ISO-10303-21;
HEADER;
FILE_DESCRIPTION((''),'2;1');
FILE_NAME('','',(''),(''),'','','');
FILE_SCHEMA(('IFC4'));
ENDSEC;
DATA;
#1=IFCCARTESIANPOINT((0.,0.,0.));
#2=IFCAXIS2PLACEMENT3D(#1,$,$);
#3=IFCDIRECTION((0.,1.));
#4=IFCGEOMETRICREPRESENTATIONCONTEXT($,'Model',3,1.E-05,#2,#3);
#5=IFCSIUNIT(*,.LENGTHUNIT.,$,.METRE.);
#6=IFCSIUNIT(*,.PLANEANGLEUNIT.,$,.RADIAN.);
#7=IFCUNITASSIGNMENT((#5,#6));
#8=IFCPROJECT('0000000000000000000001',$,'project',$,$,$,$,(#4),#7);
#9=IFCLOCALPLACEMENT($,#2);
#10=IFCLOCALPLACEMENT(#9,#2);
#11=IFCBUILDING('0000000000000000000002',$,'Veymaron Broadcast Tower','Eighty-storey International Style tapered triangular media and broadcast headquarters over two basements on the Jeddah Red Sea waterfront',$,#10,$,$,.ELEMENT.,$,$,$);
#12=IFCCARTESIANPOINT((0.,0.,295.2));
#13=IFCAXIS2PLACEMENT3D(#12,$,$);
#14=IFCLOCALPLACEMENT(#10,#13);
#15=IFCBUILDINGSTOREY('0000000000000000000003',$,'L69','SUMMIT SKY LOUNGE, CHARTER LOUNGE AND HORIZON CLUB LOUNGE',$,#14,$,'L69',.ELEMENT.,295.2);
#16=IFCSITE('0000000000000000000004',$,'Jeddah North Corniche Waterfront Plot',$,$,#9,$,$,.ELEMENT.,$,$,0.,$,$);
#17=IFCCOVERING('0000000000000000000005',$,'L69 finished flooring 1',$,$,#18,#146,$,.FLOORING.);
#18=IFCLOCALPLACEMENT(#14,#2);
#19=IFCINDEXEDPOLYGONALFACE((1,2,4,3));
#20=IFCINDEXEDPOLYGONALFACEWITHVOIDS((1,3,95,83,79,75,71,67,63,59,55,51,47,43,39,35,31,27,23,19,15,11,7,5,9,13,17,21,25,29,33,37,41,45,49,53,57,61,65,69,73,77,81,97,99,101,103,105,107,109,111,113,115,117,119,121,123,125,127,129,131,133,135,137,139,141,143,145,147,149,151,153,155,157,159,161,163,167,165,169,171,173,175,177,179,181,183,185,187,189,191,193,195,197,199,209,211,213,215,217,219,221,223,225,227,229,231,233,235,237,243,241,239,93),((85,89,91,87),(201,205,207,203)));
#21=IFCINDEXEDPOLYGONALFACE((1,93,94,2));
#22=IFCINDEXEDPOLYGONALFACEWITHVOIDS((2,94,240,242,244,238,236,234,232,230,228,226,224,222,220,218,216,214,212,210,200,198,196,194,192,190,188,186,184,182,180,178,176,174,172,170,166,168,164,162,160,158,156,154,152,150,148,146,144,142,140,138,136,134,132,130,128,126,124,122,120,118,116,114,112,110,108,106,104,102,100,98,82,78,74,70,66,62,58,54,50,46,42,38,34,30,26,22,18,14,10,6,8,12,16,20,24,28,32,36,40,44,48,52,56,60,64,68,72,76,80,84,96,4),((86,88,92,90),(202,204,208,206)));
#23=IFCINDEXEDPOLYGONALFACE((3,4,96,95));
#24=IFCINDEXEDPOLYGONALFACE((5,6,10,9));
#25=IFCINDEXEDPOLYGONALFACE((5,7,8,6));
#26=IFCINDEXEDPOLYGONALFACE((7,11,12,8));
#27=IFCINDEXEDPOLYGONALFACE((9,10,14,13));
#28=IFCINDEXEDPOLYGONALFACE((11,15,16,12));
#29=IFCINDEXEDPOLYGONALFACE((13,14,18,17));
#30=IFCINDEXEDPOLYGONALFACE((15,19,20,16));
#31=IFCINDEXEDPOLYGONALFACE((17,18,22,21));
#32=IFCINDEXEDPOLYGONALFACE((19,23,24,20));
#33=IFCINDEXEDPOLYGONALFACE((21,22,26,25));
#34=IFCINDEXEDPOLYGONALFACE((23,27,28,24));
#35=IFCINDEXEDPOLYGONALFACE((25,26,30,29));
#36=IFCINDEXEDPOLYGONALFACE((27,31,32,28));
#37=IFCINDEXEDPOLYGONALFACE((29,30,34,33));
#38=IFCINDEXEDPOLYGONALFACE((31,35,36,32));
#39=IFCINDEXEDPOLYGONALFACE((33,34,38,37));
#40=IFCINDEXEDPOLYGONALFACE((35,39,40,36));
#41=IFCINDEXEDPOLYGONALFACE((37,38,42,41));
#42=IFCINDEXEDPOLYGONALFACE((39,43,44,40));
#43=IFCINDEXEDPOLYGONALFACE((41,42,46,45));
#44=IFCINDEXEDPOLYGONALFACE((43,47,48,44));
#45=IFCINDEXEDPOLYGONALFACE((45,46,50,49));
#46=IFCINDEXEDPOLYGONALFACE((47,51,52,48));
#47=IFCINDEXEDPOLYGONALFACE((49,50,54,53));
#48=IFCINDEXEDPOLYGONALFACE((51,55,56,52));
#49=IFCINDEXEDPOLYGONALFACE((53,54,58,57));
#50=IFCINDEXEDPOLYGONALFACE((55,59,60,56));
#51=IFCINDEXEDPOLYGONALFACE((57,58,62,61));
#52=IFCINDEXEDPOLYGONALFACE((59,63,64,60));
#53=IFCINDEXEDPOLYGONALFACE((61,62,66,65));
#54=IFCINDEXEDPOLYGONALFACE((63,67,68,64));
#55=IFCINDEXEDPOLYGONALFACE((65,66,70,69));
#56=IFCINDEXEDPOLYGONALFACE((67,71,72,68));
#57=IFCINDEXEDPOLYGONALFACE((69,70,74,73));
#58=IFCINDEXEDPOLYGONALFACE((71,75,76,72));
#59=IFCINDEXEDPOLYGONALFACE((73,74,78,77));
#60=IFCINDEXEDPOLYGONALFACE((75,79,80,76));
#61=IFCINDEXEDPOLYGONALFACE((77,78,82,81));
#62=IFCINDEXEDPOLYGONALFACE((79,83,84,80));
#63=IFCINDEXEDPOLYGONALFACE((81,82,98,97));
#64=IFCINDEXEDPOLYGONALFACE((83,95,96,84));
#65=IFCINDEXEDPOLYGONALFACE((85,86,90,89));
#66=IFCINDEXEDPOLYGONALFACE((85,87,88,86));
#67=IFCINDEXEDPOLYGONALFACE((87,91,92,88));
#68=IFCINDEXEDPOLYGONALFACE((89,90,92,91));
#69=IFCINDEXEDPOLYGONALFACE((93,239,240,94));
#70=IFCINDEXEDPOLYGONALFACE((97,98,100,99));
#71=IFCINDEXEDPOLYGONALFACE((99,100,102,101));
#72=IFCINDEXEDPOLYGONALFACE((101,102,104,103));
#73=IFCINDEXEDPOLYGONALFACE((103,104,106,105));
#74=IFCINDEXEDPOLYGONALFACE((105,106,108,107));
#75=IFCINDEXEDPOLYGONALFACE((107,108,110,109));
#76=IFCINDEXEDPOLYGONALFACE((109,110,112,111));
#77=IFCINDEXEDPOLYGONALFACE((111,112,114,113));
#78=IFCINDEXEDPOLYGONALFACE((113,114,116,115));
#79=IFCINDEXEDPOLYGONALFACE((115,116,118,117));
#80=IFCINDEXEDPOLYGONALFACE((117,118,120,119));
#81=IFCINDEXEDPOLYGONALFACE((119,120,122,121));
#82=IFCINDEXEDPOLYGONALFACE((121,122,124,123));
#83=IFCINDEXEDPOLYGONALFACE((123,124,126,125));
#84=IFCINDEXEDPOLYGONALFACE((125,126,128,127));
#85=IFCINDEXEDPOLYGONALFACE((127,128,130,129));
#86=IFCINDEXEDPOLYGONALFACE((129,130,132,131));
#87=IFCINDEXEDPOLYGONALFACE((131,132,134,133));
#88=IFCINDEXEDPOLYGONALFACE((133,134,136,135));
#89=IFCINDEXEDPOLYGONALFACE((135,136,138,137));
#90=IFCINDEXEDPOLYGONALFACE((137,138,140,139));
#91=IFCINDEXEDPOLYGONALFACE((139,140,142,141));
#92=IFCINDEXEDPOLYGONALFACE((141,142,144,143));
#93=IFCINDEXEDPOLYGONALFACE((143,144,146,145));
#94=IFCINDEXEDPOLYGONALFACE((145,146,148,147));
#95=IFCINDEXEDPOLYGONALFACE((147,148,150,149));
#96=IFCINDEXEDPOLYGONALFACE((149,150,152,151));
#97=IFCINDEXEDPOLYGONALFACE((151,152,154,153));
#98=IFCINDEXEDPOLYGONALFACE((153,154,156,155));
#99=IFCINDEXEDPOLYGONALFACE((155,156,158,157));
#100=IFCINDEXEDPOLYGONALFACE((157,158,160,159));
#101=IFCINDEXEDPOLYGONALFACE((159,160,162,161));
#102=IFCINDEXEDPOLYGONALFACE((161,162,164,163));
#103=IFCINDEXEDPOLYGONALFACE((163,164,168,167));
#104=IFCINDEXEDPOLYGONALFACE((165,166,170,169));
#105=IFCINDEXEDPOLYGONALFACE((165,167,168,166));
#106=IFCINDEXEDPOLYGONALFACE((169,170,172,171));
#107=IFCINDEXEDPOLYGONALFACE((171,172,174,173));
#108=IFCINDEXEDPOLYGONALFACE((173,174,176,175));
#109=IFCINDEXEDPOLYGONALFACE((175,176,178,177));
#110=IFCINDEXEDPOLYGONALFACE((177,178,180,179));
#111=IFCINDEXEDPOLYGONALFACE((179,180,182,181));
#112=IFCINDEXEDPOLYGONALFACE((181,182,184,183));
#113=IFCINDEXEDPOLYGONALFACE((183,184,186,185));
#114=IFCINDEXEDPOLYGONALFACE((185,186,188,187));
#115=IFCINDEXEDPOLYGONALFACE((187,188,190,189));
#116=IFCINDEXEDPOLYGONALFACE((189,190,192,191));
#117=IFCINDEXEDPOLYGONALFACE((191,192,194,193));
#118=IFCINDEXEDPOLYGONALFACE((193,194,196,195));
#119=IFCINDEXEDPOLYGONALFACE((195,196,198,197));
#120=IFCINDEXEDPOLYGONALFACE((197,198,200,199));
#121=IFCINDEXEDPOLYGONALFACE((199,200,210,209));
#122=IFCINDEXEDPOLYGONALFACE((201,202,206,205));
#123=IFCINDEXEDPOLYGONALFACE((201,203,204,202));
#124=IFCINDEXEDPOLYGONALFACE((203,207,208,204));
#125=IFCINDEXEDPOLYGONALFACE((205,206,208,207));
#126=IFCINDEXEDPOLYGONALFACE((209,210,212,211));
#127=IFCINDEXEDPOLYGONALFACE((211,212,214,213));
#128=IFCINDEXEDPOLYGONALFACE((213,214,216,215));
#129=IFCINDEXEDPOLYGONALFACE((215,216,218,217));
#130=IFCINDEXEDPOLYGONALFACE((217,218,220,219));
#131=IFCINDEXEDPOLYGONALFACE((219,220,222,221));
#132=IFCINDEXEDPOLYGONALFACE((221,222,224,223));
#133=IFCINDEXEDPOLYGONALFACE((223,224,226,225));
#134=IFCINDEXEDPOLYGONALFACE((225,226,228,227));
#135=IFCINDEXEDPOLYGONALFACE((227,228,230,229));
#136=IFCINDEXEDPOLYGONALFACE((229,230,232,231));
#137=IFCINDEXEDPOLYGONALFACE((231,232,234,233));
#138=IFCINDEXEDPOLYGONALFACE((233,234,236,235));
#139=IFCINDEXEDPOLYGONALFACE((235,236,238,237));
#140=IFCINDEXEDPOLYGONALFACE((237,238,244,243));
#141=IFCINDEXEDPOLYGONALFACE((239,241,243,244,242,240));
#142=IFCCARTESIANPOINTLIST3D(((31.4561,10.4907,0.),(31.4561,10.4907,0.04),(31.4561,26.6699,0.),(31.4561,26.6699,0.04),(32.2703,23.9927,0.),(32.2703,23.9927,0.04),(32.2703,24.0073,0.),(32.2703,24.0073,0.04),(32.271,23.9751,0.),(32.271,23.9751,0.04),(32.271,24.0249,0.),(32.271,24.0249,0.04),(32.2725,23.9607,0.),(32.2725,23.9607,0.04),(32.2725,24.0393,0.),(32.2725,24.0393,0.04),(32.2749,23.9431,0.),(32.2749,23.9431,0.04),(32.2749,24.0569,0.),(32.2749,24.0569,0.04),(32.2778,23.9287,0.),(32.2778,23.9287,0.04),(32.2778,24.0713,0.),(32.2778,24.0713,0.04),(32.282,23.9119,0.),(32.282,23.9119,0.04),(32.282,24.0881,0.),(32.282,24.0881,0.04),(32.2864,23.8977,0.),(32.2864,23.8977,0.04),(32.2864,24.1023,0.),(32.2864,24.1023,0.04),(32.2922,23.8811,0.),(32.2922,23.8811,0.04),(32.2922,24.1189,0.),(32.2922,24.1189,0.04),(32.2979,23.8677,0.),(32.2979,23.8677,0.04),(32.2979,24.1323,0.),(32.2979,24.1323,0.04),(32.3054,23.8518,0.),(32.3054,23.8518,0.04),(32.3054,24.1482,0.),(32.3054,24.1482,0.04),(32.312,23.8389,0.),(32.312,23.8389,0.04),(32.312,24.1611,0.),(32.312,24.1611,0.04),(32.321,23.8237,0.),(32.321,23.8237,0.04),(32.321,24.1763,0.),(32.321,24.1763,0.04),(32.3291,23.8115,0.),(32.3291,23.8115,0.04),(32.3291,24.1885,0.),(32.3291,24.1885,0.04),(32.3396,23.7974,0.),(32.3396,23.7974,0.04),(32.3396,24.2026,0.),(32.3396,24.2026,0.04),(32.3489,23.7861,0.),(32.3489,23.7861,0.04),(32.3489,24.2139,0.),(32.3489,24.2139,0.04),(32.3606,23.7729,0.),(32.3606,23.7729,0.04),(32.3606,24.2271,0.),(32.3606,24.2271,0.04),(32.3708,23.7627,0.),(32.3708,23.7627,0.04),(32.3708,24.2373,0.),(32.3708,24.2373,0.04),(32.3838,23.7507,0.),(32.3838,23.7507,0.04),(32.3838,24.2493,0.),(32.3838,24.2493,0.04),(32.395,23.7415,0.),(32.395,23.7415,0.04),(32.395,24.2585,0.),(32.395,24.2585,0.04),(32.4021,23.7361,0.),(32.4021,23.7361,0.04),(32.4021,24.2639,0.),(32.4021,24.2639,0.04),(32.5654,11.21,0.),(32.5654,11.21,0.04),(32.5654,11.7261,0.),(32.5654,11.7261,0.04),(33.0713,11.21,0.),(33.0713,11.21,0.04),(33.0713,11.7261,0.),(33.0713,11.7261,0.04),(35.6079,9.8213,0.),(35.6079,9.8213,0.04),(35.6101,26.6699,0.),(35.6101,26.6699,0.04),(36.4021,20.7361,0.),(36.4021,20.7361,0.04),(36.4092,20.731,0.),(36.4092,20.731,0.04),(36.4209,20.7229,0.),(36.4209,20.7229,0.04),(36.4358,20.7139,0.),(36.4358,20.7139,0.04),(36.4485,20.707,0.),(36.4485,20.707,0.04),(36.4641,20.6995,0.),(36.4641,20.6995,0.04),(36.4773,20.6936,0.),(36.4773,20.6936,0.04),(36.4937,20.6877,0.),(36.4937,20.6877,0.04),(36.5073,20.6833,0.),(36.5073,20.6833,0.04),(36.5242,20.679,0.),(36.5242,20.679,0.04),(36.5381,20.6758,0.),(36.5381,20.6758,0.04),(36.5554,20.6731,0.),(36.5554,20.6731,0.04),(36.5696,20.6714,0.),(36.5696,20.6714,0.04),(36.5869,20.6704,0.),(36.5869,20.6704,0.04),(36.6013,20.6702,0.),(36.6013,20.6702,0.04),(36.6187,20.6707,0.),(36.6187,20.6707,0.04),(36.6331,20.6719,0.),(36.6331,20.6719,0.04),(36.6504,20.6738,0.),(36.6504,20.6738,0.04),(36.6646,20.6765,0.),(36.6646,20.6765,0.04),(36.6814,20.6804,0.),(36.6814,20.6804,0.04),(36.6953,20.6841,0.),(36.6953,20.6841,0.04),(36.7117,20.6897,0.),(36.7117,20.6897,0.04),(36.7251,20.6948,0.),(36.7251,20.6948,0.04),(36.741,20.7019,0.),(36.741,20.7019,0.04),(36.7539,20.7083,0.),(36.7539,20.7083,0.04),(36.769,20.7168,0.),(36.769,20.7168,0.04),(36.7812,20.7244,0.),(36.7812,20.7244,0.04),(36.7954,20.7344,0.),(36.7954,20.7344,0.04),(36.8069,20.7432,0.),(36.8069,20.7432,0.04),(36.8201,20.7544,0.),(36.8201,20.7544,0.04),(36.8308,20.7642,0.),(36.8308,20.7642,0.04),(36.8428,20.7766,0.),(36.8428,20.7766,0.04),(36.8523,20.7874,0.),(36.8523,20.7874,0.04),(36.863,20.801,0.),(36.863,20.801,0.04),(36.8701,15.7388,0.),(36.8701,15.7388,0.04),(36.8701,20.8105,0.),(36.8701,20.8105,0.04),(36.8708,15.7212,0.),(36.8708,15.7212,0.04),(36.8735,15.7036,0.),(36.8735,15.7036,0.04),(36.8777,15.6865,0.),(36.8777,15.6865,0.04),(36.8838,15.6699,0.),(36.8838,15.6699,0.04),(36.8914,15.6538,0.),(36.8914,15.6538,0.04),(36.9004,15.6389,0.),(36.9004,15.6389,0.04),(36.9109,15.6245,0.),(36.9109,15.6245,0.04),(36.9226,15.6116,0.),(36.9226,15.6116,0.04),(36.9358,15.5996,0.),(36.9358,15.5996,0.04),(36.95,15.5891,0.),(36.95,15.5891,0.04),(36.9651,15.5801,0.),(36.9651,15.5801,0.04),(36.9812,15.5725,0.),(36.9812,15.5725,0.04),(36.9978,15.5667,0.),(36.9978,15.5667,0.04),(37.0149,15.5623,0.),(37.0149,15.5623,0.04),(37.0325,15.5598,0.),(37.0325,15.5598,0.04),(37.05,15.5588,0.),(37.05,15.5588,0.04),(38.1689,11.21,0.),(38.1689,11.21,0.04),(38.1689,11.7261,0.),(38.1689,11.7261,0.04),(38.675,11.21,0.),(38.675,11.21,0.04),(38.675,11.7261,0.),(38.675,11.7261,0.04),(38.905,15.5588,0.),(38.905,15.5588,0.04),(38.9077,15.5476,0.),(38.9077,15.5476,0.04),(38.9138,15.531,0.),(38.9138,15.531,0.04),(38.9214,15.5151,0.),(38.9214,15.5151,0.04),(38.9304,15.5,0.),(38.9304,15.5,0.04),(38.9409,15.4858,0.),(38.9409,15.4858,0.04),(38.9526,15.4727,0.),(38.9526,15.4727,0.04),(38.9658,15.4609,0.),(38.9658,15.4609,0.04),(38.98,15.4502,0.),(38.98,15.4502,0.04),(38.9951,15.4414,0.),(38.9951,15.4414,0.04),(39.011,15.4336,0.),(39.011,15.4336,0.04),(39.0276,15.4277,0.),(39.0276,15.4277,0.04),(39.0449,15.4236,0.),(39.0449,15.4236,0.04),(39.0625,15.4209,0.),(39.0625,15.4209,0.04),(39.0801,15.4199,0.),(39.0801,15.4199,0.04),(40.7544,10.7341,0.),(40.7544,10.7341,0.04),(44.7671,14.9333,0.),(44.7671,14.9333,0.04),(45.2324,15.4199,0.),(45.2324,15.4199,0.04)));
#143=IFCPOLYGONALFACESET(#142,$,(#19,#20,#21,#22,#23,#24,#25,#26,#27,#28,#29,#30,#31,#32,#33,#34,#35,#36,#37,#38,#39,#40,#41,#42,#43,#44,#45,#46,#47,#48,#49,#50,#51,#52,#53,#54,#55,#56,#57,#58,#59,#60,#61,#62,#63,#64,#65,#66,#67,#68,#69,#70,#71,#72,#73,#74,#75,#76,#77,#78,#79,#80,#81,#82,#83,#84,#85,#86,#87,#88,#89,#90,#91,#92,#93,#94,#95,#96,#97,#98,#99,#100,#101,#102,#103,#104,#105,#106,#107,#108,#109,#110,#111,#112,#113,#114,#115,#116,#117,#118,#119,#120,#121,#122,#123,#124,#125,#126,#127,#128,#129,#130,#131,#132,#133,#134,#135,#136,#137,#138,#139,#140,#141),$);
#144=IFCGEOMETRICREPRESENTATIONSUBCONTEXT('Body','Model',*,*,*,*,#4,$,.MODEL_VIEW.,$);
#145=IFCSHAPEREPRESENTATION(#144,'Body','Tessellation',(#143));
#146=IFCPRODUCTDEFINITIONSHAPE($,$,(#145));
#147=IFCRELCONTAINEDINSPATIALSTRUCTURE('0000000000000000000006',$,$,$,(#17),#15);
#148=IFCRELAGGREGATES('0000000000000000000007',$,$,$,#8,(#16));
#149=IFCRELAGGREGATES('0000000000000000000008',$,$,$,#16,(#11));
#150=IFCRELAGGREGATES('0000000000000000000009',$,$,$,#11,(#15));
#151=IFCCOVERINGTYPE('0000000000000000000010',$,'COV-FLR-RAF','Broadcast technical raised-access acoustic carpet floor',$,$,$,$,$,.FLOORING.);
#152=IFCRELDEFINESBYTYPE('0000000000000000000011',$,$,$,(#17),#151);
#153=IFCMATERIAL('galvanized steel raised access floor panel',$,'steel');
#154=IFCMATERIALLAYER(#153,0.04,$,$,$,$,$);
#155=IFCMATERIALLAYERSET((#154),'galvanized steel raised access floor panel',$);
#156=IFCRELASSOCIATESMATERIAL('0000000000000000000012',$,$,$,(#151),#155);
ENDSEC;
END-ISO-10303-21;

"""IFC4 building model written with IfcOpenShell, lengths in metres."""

from ifc_helpers import new_model, si_unit, direction, frame, origin, place, context, subcontext, project, spatial, polyline, outline, extrude, material, layer, layer_set, type_object, element, save


model = new_model("IFC4")

# Units and contexts
model_context = context("Model", 3, precision=1e-05, world=origin(), true_north=direction((0.0, 1.0)))
body_context = subcontext(model_context, "Body", "Model", "MODEL_VIEW")
ifc_project = project(units=[si_unit("LENGTHUNIT", "METRE"), si_unit("PLANEANGLEUNIT", "RADIAN")], contexts=[model_context])

# Site, building, storey
site_placement = place(None, origin())
site = spatial("IfcSite", under=ifc_project, at=site_placement, Name="Jeddah North Corniche Waterfront Plot", CompositionType="ELEMENT", RefElevation=0.0)
building_placement = place(site_placement, origin())
building = spatial("IfcBuilding", under=site, at=building_placement, Name="Veymaron Broadcast Tower", Description="Eighty-storey International Style tapered triangular media and broadcast headquarters over two basements on the Jeddah Red Sea waterfront", CompositionType="ELEMENT")
storey_placement = place(building_placement, frame((0.0, 0.0, 295.2)))
storey = spatial("IfcBuildingStorey", under=building, at=storey_placement, Name="L69", Description="SUMMIT SKY LOUNGE, CHARTER LOUNGE AND HORIZON CLUB LOUNGE", LongName="L69", CompositionType="ELEMENT", Elevation=295.2)

# Covering
ifc_material_1 = material(Name="galvanized steel raised access floor panel", Category="steel")
ifc_layer_1 = layer(ifc_material_1, 0.04)
ifc_layer_set_1 = layer_set([ifc_layer_1], Name="galvanized steel raised access floor panel")
covering_type_1 = type_object("IfcCoveringType", Name="COV-FLR-RAF", Description="Broadcast technical raised-access acoustic carpet floor", PredefinedType="FLOORING", material=ifc_layer_set_1)
covering_1_placement = place(storey_placement, origin())
element("IfcCovering", 1, at=covering_1_placement, inside=storey, type_object=covering_type_1, Name="L69 finished flooring 1", PredefinedType="FLOORING", context=body_context, shape_type="SweptSolid", body=[
    extrude(outline(polyline([(32.2922, 24.1189), (32.2864, 24.1023), (32.282, 24.0881), (32.2778, 24.0713), (32.2749, 24.0569), (32.2725, 24.0393), (32.271, 24.0249), (32.2703, 24.0073), (32.2703, 23.9927), (32.271, 23.9751), (32.2725, 23.9607), (32.2749, 23.9431), (32.2778, 23.9287), (32.282, 23.9119), (32.2864, 23.8977), (32.2922, 23.8811), (32.2979, 23.8677), (32.3054, 23.8518), (32.312, 23.8389), (32.321, 23.8237), (32.3291, 23.8115), (32.3396, 23.7974), (32.3489, 23.7861), (32.3606, 23.7729), (32.3708, 23.7627), (32.3838, 23.7507), (32.395, 23.7415), (32.4021, 23.7361), (36.4021, 20.7361), (36.4092, 20.731), (36.4209, 20.7229), (36.4358, 20.7139), (36.4485, 20.707), (36.4641, 20.6995), (36.4773, 20.6936), (36.4937, 20.6877), (36.5073, 20.6833), (36.5242, 20.679), (36.5381, 20.6758), (36.5554, 20.6731), (36.5696, 20.6714), (36.5869, 20.6704), (36.6013, 20.6702), (36.6187, 20.6707), (36.6331, 20.6719), (36.6504, 20.6738), (36.6646, 20.6765), (36.6814, 20.6804), (36.6953, 20.6841), (36.7117, 20.6897), (36.7251, 20.6948), (36.741, 20.7019), (36.7539, 20.7083), (36.769, 20.7168), (36.7812, 20.7244), (36.7954, 20.7344), (36.8069, 20.7432), (36.8201, 20.7544), (36.8308, 20.7642), (36.8428, 20.7766), (36.8523, 20.7874), (36.863, 20.801), (36.8701, 20.8105), (36.8701, 15.7388), (36.8708, 15.7212), (36.8735, 15.7036), (36.8777, 15.6865), (36.8838, 15.6699), (36.8914, 15.6538), (36.9004, 15.6389), (36.9109, 15.6245), (36.9226, 15.6116), (36.9358, 15.5996), (36.95, 15.5891), (36.9651, 15.5801), (36.9812, 15.5725), (36.9978, 15.5667), (37.0149, 15.5623), (37.0325, 15.5598), (37.05, 15.5588), (38.905, 15.5588), (38.9077, 15.5476), (38.9138, 15.531), (38.9214, 15.5151), (38.9304, 15.5), (38.9409, 15.4858), (38.9526, 15.4727), (38.9658, 15.4609), (38.98, 15.4502), (38.9951, 15.4414), (39.011, 15.4336), (39.0276, 15.4277), (39.0449, 15.4236), (39.0625, 15.4209), (39.0801, 15.4199), (45.2324, 15.4199), (44.7671, 14.9333), (40.7544, 10.7341), (35.6079, 9.8213), (31.4561, 10.4907), (31.4561, 26.6699), (35.6101, 26.6699), (32.4021, 24.2639), (32.395, 24.2585), (32.3838, 24.2493), (32.3708, 24.2373), (32.3606, 24.2271), (32.3489, 24.2139), (32.3396, 24.2026), (32.3291, 24.1885), (32.321, 24.1763), (32.312, 24.1611), (32.3054, 24.1482), (32.2979, 24.1323), (32.2922, 24.1189)]), holes=[polyline([(38.675, 11.7261), (38.1689, 11.7261), (38.1689, 11.21), (38.675, 11.21), (38.675, 11.7261)]), polyline([(32.5654, 11.7261), (32.5654, 11.21), (33.0713, 11.21), (33.0713, 11.7261), (32.5654, 11.7261)])]), origin(), (0.0, 0.0, 1.0), 0.04),
])

save(model, "model.ifc")
